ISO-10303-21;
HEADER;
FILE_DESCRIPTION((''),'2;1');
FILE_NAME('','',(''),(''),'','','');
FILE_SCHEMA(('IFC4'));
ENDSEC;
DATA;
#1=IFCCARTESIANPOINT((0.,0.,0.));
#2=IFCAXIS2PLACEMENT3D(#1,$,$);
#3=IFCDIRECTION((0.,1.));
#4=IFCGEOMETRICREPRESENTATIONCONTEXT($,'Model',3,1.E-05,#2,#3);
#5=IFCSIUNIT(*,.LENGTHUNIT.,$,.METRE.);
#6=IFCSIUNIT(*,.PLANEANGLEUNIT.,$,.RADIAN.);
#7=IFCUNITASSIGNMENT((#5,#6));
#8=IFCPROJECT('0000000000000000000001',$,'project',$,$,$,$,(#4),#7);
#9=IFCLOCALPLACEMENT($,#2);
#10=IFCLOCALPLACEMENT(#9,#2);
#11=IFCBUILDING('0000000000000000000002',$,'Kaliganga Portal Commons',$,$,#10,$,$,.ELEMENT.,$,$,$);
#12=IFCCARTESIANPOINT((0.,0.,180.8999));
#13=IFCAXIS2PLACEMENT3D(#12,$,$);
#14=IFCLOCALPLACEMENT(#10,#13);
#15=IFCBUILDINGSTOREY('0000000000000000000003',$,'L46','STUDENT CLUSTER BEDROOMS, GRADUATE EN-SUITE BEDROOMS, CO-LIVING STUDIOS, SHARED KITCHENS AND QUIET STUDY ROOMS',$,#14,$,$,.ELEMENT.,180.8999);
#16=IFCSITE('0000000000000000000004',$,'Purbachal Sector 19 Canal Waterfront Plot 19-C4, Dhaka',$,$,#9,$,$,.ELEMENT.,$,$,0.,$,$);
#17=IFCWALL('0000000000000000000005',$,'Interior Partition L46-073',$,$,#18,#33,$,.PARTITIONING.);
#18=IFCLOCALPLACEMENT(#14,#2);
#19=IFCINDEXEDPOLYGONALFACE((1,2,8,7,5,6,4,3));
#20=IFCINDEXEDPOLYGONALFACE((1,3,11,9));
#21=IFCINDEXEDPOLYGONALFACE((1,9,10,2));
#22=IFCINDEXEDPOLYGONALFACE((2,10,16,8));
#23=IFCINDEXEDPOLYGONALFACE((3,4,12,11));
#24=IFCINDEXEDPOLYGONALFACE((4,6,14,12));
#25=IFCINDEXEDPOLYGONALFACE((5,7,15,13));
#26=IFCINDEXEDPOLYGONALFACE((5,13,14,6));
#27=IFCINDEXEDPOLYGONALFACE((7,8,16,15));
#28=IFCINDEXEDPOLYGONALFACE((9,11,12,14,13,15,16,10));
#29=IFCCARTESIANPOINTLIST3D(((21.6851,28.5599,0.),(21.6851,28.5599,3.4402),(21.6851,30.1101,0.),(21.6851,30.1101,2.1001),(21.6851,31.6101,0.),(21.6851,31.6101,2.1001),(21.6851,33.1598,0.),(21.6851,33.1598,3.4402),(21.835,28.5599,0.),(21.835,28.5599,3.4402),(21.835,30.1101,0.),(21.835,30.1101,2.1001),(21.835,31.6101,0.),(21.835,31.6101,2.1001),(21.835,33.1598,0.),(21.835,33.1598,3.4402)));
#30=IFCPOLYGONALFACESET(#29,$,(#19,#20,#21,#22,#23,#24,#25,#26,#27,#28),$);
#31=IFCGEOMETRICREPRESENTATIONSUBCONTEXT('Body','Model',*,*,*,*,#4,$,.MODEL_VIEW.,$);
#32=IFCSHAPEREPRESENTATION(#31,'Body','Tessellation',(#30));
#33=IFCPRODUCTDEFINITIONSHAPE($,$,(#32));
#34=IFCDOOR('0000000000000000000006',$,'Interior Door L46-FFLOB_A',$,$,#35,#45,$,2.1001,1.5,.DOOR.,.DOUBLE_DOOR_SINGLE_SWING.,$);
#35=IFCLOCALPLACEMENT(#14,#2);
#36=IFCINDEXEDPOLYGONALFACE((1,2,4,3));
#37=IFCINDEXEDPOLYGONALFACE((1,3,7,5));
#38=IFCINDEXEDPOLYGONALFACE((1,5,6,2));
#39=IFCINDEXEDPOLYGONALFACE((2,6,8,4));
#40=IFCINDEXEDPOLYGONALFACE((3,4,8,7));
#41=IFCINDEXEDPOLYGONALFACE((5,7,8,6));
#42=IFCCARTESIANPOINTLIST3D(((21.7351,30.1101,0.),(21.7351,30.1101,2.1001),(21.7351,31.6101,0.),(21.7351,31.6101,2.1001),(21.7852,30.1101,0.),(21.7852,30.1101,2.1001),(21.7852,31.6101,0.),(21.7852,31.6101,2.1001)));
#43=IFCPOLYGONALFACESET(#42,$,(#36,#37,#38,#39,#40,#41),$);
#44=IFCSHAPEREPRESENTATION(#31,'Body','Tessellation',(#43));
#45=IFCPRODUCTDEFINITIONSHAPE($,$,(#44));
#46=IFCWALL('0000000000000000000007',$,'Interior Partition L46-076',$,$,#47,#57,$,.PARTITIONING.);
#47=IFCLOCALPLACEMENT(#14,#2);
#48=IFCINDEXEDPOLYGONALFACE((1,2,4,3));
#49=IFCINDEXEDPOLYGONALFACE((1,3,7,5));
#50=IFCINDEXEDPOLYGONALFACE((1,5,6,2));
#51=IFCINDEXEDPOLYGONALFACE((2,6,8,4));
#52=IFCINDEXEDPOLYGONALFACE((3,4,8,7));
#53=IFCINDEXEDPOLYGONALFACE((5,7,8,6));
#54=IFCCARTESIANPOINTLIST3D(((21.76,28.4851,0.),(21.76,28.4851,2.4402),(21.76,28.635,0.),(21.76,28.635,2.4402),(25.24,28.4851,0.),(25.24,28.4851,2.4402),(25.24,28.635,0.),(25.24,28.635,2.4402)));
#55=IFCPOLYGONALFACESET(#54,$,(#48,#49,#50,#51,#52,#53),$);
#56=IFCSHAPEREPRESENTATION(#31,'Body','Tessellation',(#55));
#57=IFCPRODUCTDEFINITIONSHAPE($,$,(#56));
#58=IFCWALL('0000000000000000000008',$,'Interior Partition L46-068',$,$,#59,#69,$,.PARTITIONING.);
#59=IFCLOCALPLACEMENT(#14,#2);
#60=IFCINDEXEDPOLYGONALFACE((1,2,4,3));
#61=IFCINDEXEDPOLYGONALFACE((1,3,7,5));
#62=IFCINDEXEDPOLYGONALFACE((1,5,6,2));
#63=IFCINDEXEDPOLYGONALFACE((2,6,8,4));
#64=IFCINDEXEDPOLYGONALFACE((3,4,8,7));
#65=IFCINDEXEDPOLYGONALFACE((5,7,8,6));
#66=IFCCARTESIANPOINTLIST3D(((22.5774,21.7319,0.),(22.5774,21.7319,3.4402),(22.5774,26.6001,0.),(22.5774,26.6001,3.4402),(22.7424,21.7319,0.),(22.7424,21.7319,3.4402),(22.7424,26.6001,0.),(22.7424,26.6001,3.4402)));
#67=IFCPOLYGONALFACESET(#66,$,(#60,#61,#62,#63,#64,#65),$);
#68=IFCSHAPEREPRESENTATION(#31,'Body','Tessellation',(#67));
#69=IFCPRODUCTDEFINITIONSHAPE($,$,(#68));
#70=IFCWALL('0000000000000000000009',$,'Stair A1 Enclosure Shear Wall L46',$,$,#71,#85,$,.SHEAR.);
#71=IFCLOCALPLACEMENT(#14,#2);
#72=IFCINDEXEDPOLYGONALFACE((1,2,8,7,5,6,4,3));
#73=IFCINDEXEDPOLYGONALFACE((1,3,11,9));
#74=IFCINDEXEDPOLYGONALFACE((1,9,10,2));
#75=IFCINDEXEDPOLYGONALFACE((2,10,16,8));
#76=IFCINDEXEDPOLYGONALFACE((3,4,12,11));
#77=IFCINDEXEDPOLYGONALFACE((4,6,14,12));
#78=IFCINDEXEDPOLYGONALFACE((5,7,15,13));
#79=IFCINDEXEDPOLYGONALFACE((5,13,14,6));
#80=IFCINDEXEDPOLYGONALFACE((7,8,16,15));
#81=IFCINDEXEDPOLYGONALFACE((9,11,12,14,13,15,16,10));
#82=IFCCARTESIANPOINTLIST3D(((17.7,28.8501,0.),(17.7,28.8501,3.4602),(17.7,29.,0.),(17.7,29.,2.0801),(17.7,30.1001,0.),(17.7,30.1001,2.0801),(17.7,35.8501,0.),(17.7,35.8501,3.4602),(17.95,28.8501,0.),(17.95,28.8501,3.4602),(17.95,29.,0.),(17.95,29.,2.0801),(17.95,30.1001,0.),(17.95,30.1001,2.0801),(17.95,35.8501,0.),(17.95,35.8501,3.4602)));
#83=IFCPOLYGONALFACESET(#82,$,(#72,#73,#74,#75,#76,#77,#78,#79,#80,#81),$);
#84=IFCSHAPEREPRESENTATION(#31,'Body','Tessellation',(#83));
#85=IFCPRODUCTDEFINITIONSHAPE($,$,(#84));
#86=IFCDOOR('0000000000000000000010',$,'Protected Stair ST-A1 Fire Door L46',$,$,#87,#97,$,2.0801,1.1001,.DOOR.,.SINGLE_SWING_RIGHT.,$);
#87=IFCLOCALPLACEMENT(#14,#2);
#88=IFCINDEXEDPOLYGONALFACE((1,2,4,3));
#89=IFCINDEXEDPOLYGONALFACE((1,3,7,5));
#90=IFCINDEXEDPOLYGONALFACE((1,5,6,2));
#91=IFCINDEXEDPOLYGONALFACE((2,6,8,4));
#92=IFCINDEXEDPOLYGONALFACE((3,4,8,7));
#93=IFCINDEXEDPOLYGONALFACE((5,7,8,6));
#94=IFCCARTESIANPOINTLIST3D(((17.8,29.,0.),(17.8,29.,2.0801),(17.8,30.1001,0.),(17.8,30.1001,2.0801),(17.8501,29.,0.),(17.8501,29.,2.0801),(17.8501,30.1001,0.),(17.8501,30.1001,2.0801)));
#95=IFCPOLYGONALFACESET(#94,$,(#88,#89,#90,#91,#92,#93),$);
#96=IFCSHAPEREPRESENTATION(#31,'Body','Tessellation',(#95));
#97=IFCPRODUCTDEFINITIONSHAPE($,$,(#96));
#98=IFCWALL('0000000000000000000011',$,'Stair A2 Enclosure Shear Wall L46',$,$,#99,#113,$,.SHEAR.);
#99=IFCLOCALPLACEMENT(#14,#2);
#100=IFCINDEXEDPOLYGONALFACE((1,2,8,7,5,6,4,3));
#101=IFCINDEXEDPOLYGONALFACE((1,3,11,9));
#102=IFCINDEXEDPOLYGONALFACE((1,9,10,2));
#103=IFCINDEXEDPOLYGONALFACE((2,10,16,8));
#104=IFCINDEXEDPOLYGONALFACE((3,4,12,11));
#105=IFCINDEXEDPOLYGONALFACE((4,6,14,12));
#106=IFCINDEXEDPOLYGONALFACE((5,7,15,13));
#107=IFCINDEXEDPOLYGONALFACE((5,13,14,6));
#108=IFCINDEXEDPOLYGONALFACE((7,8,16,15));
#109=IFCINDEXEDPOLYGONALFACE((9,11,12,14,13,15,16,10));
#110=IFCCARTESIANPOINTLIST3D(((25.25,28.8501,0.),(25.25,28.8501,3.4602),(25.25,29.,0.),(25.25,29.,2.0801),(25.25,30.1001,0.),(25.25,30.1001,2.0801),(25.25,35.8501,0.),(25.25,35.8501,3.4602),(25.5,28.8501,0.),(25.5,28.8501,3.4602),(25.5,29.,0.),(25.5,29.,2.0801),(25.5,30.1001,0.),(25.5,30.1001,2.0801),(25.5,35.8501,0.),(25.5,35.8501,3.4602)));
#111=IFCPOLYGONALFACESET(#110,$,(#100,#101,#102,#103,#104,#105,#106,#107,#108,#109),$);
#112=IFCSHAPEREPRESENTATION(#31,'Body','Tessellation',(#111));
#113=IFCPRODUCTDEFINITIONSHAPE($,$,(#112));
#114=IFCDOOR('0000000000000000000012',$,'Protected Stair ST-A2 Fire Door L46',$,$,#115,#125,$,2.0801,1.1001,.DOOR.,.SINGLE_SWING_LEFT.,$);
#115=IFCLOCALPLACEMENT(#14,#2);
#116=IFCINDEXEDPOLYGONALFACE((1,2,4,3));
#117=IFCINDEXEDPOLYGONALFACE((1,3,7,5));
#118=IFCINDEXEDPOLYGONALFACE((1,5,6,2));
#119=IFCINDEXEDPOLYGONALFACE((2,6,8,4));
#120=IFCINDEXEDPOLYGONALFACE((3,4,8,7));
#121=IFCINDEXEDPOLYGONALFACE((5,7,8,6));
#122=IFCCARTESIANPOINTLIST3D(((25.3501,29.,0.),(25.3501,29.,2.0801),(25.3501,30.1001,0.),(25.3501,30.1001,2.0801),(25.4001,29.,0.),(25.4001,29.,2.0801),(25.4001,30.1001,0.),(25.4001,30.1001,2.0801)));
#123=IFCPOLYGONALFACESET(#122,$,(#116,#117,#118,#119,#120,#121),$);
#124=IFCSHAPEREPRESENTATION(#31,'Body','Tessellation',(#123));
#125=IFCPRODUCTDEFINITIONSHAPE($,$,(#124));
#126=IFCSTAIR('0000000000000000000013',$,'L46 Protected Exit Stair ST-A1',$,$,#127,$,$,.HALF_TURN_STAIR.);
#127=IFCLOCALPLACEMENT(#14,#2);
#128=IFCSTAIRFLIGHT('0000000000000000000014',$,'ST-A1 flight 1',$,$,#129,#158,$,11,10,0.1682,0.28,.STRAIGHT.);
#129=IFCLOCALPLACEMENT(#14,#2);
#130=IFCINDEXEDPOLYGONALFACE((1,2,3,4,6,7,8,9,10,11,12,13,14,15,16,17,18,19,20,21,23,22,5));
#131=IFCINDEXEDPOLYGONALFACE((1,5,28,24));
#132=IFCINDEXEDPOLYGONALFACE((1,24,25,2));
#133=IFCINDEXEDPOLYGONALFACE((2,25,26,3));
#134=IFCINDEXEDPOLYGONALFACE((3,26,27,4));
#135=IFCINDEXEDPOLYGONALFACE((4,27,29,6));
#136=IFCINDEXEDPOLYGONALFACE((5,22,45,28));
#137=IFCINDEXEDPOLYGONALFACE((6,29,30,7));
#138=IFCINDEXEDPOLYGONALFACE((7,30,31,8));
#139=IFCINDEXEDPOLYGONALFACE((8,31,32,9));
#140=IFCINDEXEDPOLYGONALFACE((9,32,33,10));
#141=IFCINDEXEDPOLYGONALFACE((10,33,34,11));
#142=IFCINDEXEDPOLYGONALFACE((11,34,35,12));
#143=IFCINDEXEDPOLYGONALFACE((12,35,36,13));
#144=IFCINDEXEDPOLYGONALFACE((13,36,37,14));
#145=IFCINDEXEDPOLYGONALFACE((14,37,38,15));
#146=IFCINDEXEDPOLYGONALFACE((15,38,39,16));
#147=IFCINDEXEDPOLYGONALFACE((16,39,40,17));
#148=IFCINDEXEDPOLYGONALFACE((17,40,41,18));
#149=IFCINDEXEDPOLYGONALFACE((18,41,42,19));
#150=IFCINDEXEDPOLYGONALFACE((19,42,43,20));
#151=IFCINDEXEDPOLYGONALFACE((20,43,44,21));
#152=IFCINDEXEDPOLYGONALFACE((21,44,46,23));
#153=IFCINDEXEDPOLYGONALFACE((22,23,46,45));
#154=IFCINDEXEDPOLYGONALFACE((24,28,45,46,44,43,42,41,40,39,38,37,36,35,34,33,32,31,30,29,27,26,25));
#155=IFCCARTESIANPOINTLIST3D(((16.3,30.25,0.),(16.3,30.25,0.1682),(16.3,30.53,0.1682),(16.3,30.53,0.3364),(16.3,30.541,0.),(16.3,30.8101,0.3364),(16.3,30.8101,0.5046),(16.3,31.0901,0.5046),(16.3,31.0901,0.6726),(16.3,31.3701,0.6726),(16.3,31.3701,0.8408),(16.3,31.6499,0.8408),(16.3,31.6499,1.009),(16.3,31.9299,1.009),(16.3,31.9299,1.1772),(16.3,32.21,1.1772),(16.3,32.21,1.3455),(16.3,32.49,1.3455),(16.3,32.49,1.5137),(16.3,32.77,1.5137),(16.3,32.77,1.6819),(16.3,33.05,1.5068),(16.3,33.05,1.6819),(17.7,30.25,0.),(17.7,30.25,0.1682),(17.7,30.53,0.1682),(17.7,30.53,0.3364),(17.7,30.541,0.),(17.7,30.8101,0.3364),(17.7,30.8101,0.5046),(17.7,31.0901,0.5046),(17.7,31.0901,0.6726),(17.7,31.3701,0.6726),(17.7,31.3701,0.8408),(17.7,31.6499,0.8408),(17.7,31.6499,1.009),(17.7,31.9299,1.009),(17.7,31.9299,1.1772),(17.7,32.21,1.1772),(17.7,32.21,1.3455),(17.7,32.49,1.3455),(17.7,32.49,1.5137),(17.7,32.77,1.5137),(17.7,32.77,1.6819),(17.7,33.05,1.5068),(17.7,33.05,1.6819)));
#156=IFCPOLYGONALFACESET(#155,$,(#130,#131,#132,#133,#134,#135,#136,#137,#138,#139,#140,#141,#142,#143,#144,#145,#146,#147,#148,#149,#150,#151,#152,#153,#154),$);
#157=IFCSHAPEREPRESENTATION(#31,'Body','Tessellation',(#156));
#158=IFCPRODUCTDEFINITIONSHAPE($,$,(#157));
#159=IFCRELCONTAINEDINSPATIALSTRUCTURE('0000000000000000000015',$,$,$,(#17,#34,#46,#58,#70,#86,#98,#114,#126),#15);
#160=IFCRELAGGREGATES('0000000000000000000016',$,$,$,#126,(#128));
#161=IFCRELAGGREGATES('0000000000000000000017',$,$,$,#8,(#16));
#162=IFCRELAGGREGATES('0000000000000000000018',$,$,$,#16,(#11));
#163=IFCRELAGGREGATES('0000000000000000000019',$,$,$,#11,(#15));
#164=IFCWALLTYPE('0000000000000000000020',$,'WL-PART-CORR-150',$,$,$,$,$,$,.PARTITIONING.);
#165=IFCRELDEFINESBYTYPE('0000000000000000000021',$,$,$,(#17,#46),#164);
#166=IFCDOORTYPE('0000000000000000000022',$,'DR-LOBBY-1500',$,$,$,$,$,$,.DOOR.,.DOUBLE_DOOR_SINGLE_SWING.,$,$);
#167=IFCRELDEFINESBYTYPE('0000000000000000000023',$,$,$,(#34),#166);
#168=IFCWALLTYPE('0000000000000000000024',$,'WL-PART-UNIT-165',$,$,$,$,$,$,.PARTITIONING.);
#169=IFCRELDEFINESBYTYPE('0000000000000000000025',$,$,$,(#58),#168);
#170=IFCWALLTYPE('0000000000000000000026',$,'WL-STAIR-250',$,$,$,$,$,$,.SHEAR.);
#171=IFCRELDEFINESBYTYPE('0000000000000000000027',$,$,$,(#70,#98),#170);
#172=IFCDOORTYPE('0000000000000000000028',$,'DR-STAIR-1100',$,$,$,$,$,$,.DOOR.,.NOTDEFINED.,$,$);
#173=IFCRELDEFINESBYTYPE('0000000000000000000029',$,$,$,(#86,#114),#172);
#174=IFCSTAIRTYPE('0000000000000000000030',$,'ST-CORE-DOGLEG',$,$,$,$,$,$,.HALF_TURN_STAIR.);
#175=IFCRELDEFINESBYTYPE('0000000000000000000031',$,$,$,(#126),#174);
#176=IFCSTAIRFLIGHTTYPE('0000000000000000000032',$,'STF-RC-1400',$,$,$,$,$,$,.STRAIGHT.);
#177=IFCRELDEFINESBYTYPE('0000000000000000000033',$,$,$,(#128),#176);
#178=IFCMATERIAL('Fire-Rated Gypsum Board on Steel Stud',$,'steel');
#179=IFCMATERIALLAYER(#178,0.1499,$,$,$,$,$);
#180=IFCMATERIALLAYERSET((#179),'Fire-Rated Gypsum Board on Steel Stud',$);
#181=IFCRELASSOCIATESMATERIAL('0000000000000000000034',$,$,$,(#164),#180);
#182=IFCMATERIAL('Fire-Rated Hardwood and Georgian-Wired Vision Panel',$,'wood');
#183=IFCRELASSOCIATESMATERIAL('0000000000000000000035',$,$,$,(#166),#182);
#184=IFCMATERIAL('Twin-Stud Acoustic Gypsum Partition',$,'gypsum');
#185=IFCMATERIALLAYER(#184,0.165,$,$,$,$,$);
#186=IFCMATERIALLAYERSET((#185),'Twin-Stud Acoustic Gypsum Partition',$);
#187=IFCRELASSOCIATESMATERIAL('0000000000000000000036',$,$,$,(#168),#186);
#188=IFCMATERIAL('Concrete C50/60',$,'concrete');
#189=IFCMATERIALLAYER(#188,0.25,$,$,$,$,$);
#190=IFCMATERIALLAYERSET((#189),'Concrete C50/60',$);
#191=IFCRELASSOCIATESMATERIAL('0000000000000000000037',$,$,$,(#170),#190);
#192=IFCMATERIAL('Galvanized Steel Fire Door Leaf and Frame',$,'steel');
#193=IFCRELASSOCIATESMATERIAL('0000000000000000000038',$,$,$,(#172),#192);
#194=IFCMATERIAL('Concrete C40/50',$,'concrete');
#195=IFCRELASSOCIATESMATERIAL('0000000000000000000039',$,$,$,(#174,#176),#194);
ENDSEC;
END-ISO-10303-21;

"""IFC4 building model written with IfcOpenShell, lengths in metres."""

from ifc_helpers import new_model, si_unit, direction, frame, frame_2d, origin, place, context, subcontext, project, spatial, polyline, rectangle, outline, extrude, material, layer, layer_set, type_object, element, fill, aggregate, save


model = new_model("IFC4")

# Units and contexts
model_context = context("Model", 3, precision=1e-05, world=origin(), true_north=direction((0.0, 1.0)))
body_context = subcontext(model_context, "Body", "Model", "MODEL_VIEW")
ifc_project = project(units=[si_unit("LENGTHUNIT", "METRE"), si_unit("PLANEANGLEUNIT", "RADIAN")], contexts=[model_context])

# Site, building, storey
site_placement = place(None, origin())
site = spatial("IfcSite", under=ifc_project, at=site_placement, Name="Purbachal Sector 19 Canal Waterfront Plot 19-C4, Dhaka", CompositionType="ELEMENT", RefElevation=0.0)
building_placement = place(site_placement, origin())
building = spatial("IfcBuilding", under=site, at=building_placement, Name="Kaliganga Portal Commons", CompositionType="ELEMENT")
storey_placement = place(building_placement, frame((0.0, 0.0, 180.8999)))
storey = spatial("IfcBuildingStorey", under=building, at=storey_placement, Name="L46", Description="STUDENT CLUSTER BEDROOMS, GRADUATE EN-SUITE BEDROOMS, CO-LIVING STUDIOS, SHARED KITCHENS AND QUIET STUDY ROOMS", CompositionType="ELEMENT", Elevation=180.8999)

# Shared definitions
ifc_material_1 = material(Name="Concrete C50/60", Category="concrete")

# Shared definitions
ifc_material_2 = material(Name="Fire-Rated Gypsum Board on Steel Stud", Category="steel")
ifc_layer_1 = layer(ifc_material_2, 0.1499)
ifc_layer_set_1 = layer_set([ifc_layer_1], Name="Fire-Rated Gypsum Board on Steel Stud")
wall_type_1 = type_object("IfcWallType", Name="WL-PART-CORR-150", PredefinedType="PARTITIONING", material=ifc_layer_set_1)

# Wall, opening, door
wall_1_placement = place(storey_placement, frame((21.76, 28.5601, 0.0), z_axis=(0.0, 0.0, 1.0), x_axis=(0.0, 1.0, 0.0)))
wall_1 = element("IfcWall", 1, at=wall_1_placement, inside=storey, type_object=wall_type_1, Name="Interior Partition L46-073", PredefinedType="PARTITIONING", context=body_context, shape_type="SweptSolid", body=[
    extrude(rectangle(XDim=4.5999, YDim=0.1499, at=frame_2d((2.2998, 0.0))), origin(), (0.0, 0.0, 1.0), 3.4402),
])
opening_1_placement = place(wall_1_placement, frame((1.55, 0.0, 0.0)))
opening_1 = element("IfcOpeningElement", 2, at=opening_1_placement, cuts=wall_1, PredefinedType="OPENING", context=body_context, shape_type="SweptSolid", body=[
    extrude(rectangle(XDim=1.5, YDim=2.1001, at=frame_2d((0.75, 1.05))), frame((0.0, 0.085, 0.0), z_axis=(0.0, -1.0, 0.0), x_axis=(1.0, 0.0, 0.0)), (0.0, 0.0, 1.0), 0.1699),
])
ifc_material_3 = material(Name="Fire-Rated Hardwood and Georgian-Wired Vision Panel", Category="wood")
door_type_1 = type_object("IfcDoorType", Name="DR-LOBBY-1500", OperationType="DOUBLE_DOOR_SINGLE_SWING", PredefinedType="DOOR", material=ifc_material_3)
door_1_placement = place(opening_1_placement, origin())
door_1 = element("IfcDoor", 3, at=door_1_placement, inside=storey, type_object=door_type_1, Name="Interior Door L46-FFLOB_A", OperationType="DOUBLE_DOOR_SINGLE_SWING", OverallHeight=2.1001, OverallWidth=1.5, PredefinedType="DOOR", context=body_context, shape_type="SweptSolid", body=[
    extrude(rectangle(XDim=1.5, YDim=2.1001, at=frame_2d((0.75, 1.05))), frame((0.0, 0.0249, 0.0), z_axis=(0.0, -1.0, 0.0), x_axis=(1.0, 0.0, 0.0)), (0.0, 0.0, 1.0), 0.05),
])
fill(opening_1, door_1)

# Walls
wall_2_placement = place(storey_placement, frame((21.76, 28.5601, 0.0), z_axis=(0.0, 0.0, 1.0), x_axis=(1.0, 0.0, 0.0)))
element("IfcWall", 4, at=wall_2_placement, inside=storey, type_object=wall_type_1, Name="Interior Partition L46-076", PredefinedType="PARTITIONING", context=body_context, shape_type="SweptSolid", body=[
    extrude(rectangle(XDim=3.48, YDim=0.1499, at=frame_2d((1.74, 0.0))), origin(), (0.0, 0.0, 1.0), 2.4402),
])
ifc_material_4 = material(Name="Twin-Stud Acoustic Gypsum Partition", Category="gypsum")
ifc_layer_2 = layer(ifc_material_4, 0.165)
ifc_layer_set_2 = layer_set([ifc_layer_2], Name="Twin-Stud Acoustic Gypsum Partition")
wall_type_2 = type_object("IfcWallType", Name="WL-PART-UNIT-165", PredefinedType="PARTITIONING", material=ifc_layer_set_2)
wall_3_placement = place(storey_placement, frame((22.6599, 21.7319, 0.0), z_axis=(0.0, 0.0, 1.0), x_axis=(0.0, 1.0, 0.0)))
element("IfcWall", 5, at=wall_3_placement, inside=storey, type_object=wall_type_2, Name="Interior Partition L46-068", PredefinedType="PARTITIONING", context=body_context, shape_type="SweptSolid", body=[
    extrude(rectangle(XDim=4.8682, YDim=0.165, at=frame_2d((2.4341, 0.0))), origin(), (0.0, 0.0, 1.0), 3.4402),
])

# Walls, openings, doors
ifc_layer_3 = layer(ifc_material_1, 0.25)
ifc_layer_set_3 = layer_set([ifc_layer_3], Name="Concrete C50/60")
wall_type_3 = type_object("IfcWallType", Name="WL-STAIR-250", PredefinedType="SHEAR", material=ifc_layer_set_3)
wall_4_placement = place(storey_placement, frame((17.825, 28.8501, 0.0), z_axis=(0.0, 0.0, 1.0), x_axis=(0.0, 1.0, 0.0)))
wall_4 = element("IfcWall", 6, at=wall_4_placement, inside=storey, type_object=wall_type_3, Name="Stair A1 Enclosure Shear Wall L46", PredefinedType="SHEAR", context=body_context, shape_type="SweptSolid", body=[
    extrude(rectangle(XDim=7.0, YDim=0.25, at=frame_2d((3.5, 0.0))), origin(), (0.0, 0.0, 1.0), 3.4602),
])
opening_2_placement = place(wall_4_placement, frame((0.1499, 0.0, 0.0)))
opening_2 = element("IfcOpeningElement", 7, at=opening_2_placement, cuts=wall_4, PredefinedType="OPENING", context=body_context, shape_type="SweptSolid", body=[
    extrude(rectangle(XDim=1.1001, YDim=2.0801, at=frame_2d((0.55, 1.04))), frame((0.0, 0.135, 0.0), z_axis=(0.0, -1.0, 0.0), x_axis=(1.0, 0.0, 0.0)), (0.0, 0.0, 1.0), 0.27),
])
ifc_material_5 = material(Name="Galvanized Steel Fire Door Leaf and Frame", Category="steel")
door_type_2 = type_object("IfcDoorType", Name="DR-STAIR-1100", OperationType="NOTDEFINED", PredefinedType="DOOR", material=ifc_material_5)
door_2_placement = place(opening_2_placement, origin())
door_2 = element("IfcDoor", 8, at=door_2_placement, inside=storey, type_object=door_type_2, Name="Protected Stair ST-A1 Fire Door L46", OperationType="SINGLE_SWING_RIGHT", OverallHeight=2.0801, OverallWidth=1.1001, PredefinedType="DOOR", context=body_context, shape_type="SweptSolid", body=[
    extrude(rectangle(XDim=1.1001, YDim=2.0801, at=frame_2d((0.55, 1.04))), frame((0.0, 0.0249, 0.0), z_axis=(0.0, -1.0, 0.0), x_axis=(1.0, 0.0, 0.0)), (0.0, 0.0, 1.0), 0.05),
])
fill(opening_2, door_2)
wall_5_placement = place(storey_placement, frame((25.375, 28.8501, 0.0), z_axis=(0.0, 0.0, 1.0), x_axis=(0.0, 1.0, 0.0)))
wall_5 = element("IfcWall", 9, at=wall_5_placement, inside=storey, type_object=wall_type_3, Name="Stair A2 Enclosure Shear Wall L46", PredefinedType="SHEAR", context=body_context, shape_type="SweptSolid", body=[
    extrude(rectangle(XDim=7.0, YDim=0.25, at=frame_2d((3.5, 0.0))), origin(), (0.0, 0.0, 1.0), 3.4602),
])
opening_3_placement = place(wall_5_placement, frame((0.1499, 0.0, 0.0)))
opening_3 = element("IfcOpeningElement", 10, at=opening_3_placement, cuts=wall_5, PredefinedType="OPENING", context=body_context, shape_type="SweptSolid", body=[
    extrude(rectangle(XDim=1.1001, YDim=2.0801, at=frame_2d((0.55, 1.04))), frame((0.0, 0.135, 0.0), z_axis=(0.0, -1.0, 0.0), x_axis=(1.0, 0.0, 0.0)), (0.0, 0.0, 1.0), 0.27),
])
door_3_placement = place(opening_3_placement, origin())
door_3 = element("IfcDoor", 11, at=door_3_placement, inside=storey, type_object=door_type_2, Name="Protected Stair ST-A2 Fire Door L46", OperationType="SINGLE_SWING_LEFT", OverallHeight=2.0801, OverallWidth=1.1001, PredefinedType="DOOR", context=body_context, shape_type="SweptSolid", body=[
    extrude(rectangle(XDim=1.1001, YDim=2.0801, at=frame_2d((0.55, 1.04))), frame((0.0, 0.0249, 0.0), z_axis=(0.0, -1.0, 0.0), x_axis=(1.0, 0.0, 0.0)), (0.0, 0.0, 1.0), 0.05),
])
fill(opening_3, door_3)

# Stair, stair flight
ifc_material_6 = material(Name="Concrete C40/50", Category="concrete")
stair_type = type_object("IfcStairType", Name="ST-CORE-DOGLEG", PredefinedType="HALF_TURN_STAIR", material=ifc_material_6)
stair_placement = place(storey_placement, origin())
stair = element("IfcStair", 12, at=stair_placement, inside=storey, type_object=stair_type, Name="L46 Protected Exit Stair ST-A1", PredefinedType="HALF_TURN_STAIR")
stair_flight_type = type_object("IfcStairFlightType", Name="STF-RC-1400", PredefinedType="STRAIGHT", material=ifc_material_6)
stair_flight_placement = place(storey_placement, frame((17.0, 30.25, 0.0), z_axis=(0.0, 0.0, 1.0), x_axis=(0.0, 1.0, 0.0)))
stair_flight = element("IfcStairFlight", 13, at=stair_flight_placement, type_object=stair_flight_type, Name="ST-A1 flight 1", NumberOfRisers=11, NumberOfTreads=10, PredefinedType="STRAIGHT", RiserHeight=0.1682, TreadLength=0.28, context=body_context, shape_type="SweptSolid", body=[
    extrude(outline(polyline([(0.0, 0.0), (0.0, 0.1682), (0.28, 0.1682), (0.28, 0.3364), (0.5601, 0.3364), (0.5601, 0.5046), (0.8401, 0.5046), (0.8401, 0.6726), (1.1201, 0.6726), (1.1201, 0.8408), (1.3999, 0.8408), (1.3999, 1.009), (1.6799, 1.009), (1.6799, 1.1772), (1.96, 1.1772), (1.96, 1.3455), (2.24, 1.3455), (2.24, 1.5137), (2.52, 1.5137), (2.52, 1.6819), (2.8, 1.6819), (2.8, 1.8501), (2.8, 1.5068), (0.291, 0.0), (0.0, 0.0)])), frame((0.0, 0.7, 0.0), z_axis=(0.0, -1.0, 0.0), x_axis=(1.0, 0.0, 0.0)), (0.0, 0.0, 1.0), 1.3999),
])
aggregate(stair, [stair_flight])

save(model, "model.ifc")
